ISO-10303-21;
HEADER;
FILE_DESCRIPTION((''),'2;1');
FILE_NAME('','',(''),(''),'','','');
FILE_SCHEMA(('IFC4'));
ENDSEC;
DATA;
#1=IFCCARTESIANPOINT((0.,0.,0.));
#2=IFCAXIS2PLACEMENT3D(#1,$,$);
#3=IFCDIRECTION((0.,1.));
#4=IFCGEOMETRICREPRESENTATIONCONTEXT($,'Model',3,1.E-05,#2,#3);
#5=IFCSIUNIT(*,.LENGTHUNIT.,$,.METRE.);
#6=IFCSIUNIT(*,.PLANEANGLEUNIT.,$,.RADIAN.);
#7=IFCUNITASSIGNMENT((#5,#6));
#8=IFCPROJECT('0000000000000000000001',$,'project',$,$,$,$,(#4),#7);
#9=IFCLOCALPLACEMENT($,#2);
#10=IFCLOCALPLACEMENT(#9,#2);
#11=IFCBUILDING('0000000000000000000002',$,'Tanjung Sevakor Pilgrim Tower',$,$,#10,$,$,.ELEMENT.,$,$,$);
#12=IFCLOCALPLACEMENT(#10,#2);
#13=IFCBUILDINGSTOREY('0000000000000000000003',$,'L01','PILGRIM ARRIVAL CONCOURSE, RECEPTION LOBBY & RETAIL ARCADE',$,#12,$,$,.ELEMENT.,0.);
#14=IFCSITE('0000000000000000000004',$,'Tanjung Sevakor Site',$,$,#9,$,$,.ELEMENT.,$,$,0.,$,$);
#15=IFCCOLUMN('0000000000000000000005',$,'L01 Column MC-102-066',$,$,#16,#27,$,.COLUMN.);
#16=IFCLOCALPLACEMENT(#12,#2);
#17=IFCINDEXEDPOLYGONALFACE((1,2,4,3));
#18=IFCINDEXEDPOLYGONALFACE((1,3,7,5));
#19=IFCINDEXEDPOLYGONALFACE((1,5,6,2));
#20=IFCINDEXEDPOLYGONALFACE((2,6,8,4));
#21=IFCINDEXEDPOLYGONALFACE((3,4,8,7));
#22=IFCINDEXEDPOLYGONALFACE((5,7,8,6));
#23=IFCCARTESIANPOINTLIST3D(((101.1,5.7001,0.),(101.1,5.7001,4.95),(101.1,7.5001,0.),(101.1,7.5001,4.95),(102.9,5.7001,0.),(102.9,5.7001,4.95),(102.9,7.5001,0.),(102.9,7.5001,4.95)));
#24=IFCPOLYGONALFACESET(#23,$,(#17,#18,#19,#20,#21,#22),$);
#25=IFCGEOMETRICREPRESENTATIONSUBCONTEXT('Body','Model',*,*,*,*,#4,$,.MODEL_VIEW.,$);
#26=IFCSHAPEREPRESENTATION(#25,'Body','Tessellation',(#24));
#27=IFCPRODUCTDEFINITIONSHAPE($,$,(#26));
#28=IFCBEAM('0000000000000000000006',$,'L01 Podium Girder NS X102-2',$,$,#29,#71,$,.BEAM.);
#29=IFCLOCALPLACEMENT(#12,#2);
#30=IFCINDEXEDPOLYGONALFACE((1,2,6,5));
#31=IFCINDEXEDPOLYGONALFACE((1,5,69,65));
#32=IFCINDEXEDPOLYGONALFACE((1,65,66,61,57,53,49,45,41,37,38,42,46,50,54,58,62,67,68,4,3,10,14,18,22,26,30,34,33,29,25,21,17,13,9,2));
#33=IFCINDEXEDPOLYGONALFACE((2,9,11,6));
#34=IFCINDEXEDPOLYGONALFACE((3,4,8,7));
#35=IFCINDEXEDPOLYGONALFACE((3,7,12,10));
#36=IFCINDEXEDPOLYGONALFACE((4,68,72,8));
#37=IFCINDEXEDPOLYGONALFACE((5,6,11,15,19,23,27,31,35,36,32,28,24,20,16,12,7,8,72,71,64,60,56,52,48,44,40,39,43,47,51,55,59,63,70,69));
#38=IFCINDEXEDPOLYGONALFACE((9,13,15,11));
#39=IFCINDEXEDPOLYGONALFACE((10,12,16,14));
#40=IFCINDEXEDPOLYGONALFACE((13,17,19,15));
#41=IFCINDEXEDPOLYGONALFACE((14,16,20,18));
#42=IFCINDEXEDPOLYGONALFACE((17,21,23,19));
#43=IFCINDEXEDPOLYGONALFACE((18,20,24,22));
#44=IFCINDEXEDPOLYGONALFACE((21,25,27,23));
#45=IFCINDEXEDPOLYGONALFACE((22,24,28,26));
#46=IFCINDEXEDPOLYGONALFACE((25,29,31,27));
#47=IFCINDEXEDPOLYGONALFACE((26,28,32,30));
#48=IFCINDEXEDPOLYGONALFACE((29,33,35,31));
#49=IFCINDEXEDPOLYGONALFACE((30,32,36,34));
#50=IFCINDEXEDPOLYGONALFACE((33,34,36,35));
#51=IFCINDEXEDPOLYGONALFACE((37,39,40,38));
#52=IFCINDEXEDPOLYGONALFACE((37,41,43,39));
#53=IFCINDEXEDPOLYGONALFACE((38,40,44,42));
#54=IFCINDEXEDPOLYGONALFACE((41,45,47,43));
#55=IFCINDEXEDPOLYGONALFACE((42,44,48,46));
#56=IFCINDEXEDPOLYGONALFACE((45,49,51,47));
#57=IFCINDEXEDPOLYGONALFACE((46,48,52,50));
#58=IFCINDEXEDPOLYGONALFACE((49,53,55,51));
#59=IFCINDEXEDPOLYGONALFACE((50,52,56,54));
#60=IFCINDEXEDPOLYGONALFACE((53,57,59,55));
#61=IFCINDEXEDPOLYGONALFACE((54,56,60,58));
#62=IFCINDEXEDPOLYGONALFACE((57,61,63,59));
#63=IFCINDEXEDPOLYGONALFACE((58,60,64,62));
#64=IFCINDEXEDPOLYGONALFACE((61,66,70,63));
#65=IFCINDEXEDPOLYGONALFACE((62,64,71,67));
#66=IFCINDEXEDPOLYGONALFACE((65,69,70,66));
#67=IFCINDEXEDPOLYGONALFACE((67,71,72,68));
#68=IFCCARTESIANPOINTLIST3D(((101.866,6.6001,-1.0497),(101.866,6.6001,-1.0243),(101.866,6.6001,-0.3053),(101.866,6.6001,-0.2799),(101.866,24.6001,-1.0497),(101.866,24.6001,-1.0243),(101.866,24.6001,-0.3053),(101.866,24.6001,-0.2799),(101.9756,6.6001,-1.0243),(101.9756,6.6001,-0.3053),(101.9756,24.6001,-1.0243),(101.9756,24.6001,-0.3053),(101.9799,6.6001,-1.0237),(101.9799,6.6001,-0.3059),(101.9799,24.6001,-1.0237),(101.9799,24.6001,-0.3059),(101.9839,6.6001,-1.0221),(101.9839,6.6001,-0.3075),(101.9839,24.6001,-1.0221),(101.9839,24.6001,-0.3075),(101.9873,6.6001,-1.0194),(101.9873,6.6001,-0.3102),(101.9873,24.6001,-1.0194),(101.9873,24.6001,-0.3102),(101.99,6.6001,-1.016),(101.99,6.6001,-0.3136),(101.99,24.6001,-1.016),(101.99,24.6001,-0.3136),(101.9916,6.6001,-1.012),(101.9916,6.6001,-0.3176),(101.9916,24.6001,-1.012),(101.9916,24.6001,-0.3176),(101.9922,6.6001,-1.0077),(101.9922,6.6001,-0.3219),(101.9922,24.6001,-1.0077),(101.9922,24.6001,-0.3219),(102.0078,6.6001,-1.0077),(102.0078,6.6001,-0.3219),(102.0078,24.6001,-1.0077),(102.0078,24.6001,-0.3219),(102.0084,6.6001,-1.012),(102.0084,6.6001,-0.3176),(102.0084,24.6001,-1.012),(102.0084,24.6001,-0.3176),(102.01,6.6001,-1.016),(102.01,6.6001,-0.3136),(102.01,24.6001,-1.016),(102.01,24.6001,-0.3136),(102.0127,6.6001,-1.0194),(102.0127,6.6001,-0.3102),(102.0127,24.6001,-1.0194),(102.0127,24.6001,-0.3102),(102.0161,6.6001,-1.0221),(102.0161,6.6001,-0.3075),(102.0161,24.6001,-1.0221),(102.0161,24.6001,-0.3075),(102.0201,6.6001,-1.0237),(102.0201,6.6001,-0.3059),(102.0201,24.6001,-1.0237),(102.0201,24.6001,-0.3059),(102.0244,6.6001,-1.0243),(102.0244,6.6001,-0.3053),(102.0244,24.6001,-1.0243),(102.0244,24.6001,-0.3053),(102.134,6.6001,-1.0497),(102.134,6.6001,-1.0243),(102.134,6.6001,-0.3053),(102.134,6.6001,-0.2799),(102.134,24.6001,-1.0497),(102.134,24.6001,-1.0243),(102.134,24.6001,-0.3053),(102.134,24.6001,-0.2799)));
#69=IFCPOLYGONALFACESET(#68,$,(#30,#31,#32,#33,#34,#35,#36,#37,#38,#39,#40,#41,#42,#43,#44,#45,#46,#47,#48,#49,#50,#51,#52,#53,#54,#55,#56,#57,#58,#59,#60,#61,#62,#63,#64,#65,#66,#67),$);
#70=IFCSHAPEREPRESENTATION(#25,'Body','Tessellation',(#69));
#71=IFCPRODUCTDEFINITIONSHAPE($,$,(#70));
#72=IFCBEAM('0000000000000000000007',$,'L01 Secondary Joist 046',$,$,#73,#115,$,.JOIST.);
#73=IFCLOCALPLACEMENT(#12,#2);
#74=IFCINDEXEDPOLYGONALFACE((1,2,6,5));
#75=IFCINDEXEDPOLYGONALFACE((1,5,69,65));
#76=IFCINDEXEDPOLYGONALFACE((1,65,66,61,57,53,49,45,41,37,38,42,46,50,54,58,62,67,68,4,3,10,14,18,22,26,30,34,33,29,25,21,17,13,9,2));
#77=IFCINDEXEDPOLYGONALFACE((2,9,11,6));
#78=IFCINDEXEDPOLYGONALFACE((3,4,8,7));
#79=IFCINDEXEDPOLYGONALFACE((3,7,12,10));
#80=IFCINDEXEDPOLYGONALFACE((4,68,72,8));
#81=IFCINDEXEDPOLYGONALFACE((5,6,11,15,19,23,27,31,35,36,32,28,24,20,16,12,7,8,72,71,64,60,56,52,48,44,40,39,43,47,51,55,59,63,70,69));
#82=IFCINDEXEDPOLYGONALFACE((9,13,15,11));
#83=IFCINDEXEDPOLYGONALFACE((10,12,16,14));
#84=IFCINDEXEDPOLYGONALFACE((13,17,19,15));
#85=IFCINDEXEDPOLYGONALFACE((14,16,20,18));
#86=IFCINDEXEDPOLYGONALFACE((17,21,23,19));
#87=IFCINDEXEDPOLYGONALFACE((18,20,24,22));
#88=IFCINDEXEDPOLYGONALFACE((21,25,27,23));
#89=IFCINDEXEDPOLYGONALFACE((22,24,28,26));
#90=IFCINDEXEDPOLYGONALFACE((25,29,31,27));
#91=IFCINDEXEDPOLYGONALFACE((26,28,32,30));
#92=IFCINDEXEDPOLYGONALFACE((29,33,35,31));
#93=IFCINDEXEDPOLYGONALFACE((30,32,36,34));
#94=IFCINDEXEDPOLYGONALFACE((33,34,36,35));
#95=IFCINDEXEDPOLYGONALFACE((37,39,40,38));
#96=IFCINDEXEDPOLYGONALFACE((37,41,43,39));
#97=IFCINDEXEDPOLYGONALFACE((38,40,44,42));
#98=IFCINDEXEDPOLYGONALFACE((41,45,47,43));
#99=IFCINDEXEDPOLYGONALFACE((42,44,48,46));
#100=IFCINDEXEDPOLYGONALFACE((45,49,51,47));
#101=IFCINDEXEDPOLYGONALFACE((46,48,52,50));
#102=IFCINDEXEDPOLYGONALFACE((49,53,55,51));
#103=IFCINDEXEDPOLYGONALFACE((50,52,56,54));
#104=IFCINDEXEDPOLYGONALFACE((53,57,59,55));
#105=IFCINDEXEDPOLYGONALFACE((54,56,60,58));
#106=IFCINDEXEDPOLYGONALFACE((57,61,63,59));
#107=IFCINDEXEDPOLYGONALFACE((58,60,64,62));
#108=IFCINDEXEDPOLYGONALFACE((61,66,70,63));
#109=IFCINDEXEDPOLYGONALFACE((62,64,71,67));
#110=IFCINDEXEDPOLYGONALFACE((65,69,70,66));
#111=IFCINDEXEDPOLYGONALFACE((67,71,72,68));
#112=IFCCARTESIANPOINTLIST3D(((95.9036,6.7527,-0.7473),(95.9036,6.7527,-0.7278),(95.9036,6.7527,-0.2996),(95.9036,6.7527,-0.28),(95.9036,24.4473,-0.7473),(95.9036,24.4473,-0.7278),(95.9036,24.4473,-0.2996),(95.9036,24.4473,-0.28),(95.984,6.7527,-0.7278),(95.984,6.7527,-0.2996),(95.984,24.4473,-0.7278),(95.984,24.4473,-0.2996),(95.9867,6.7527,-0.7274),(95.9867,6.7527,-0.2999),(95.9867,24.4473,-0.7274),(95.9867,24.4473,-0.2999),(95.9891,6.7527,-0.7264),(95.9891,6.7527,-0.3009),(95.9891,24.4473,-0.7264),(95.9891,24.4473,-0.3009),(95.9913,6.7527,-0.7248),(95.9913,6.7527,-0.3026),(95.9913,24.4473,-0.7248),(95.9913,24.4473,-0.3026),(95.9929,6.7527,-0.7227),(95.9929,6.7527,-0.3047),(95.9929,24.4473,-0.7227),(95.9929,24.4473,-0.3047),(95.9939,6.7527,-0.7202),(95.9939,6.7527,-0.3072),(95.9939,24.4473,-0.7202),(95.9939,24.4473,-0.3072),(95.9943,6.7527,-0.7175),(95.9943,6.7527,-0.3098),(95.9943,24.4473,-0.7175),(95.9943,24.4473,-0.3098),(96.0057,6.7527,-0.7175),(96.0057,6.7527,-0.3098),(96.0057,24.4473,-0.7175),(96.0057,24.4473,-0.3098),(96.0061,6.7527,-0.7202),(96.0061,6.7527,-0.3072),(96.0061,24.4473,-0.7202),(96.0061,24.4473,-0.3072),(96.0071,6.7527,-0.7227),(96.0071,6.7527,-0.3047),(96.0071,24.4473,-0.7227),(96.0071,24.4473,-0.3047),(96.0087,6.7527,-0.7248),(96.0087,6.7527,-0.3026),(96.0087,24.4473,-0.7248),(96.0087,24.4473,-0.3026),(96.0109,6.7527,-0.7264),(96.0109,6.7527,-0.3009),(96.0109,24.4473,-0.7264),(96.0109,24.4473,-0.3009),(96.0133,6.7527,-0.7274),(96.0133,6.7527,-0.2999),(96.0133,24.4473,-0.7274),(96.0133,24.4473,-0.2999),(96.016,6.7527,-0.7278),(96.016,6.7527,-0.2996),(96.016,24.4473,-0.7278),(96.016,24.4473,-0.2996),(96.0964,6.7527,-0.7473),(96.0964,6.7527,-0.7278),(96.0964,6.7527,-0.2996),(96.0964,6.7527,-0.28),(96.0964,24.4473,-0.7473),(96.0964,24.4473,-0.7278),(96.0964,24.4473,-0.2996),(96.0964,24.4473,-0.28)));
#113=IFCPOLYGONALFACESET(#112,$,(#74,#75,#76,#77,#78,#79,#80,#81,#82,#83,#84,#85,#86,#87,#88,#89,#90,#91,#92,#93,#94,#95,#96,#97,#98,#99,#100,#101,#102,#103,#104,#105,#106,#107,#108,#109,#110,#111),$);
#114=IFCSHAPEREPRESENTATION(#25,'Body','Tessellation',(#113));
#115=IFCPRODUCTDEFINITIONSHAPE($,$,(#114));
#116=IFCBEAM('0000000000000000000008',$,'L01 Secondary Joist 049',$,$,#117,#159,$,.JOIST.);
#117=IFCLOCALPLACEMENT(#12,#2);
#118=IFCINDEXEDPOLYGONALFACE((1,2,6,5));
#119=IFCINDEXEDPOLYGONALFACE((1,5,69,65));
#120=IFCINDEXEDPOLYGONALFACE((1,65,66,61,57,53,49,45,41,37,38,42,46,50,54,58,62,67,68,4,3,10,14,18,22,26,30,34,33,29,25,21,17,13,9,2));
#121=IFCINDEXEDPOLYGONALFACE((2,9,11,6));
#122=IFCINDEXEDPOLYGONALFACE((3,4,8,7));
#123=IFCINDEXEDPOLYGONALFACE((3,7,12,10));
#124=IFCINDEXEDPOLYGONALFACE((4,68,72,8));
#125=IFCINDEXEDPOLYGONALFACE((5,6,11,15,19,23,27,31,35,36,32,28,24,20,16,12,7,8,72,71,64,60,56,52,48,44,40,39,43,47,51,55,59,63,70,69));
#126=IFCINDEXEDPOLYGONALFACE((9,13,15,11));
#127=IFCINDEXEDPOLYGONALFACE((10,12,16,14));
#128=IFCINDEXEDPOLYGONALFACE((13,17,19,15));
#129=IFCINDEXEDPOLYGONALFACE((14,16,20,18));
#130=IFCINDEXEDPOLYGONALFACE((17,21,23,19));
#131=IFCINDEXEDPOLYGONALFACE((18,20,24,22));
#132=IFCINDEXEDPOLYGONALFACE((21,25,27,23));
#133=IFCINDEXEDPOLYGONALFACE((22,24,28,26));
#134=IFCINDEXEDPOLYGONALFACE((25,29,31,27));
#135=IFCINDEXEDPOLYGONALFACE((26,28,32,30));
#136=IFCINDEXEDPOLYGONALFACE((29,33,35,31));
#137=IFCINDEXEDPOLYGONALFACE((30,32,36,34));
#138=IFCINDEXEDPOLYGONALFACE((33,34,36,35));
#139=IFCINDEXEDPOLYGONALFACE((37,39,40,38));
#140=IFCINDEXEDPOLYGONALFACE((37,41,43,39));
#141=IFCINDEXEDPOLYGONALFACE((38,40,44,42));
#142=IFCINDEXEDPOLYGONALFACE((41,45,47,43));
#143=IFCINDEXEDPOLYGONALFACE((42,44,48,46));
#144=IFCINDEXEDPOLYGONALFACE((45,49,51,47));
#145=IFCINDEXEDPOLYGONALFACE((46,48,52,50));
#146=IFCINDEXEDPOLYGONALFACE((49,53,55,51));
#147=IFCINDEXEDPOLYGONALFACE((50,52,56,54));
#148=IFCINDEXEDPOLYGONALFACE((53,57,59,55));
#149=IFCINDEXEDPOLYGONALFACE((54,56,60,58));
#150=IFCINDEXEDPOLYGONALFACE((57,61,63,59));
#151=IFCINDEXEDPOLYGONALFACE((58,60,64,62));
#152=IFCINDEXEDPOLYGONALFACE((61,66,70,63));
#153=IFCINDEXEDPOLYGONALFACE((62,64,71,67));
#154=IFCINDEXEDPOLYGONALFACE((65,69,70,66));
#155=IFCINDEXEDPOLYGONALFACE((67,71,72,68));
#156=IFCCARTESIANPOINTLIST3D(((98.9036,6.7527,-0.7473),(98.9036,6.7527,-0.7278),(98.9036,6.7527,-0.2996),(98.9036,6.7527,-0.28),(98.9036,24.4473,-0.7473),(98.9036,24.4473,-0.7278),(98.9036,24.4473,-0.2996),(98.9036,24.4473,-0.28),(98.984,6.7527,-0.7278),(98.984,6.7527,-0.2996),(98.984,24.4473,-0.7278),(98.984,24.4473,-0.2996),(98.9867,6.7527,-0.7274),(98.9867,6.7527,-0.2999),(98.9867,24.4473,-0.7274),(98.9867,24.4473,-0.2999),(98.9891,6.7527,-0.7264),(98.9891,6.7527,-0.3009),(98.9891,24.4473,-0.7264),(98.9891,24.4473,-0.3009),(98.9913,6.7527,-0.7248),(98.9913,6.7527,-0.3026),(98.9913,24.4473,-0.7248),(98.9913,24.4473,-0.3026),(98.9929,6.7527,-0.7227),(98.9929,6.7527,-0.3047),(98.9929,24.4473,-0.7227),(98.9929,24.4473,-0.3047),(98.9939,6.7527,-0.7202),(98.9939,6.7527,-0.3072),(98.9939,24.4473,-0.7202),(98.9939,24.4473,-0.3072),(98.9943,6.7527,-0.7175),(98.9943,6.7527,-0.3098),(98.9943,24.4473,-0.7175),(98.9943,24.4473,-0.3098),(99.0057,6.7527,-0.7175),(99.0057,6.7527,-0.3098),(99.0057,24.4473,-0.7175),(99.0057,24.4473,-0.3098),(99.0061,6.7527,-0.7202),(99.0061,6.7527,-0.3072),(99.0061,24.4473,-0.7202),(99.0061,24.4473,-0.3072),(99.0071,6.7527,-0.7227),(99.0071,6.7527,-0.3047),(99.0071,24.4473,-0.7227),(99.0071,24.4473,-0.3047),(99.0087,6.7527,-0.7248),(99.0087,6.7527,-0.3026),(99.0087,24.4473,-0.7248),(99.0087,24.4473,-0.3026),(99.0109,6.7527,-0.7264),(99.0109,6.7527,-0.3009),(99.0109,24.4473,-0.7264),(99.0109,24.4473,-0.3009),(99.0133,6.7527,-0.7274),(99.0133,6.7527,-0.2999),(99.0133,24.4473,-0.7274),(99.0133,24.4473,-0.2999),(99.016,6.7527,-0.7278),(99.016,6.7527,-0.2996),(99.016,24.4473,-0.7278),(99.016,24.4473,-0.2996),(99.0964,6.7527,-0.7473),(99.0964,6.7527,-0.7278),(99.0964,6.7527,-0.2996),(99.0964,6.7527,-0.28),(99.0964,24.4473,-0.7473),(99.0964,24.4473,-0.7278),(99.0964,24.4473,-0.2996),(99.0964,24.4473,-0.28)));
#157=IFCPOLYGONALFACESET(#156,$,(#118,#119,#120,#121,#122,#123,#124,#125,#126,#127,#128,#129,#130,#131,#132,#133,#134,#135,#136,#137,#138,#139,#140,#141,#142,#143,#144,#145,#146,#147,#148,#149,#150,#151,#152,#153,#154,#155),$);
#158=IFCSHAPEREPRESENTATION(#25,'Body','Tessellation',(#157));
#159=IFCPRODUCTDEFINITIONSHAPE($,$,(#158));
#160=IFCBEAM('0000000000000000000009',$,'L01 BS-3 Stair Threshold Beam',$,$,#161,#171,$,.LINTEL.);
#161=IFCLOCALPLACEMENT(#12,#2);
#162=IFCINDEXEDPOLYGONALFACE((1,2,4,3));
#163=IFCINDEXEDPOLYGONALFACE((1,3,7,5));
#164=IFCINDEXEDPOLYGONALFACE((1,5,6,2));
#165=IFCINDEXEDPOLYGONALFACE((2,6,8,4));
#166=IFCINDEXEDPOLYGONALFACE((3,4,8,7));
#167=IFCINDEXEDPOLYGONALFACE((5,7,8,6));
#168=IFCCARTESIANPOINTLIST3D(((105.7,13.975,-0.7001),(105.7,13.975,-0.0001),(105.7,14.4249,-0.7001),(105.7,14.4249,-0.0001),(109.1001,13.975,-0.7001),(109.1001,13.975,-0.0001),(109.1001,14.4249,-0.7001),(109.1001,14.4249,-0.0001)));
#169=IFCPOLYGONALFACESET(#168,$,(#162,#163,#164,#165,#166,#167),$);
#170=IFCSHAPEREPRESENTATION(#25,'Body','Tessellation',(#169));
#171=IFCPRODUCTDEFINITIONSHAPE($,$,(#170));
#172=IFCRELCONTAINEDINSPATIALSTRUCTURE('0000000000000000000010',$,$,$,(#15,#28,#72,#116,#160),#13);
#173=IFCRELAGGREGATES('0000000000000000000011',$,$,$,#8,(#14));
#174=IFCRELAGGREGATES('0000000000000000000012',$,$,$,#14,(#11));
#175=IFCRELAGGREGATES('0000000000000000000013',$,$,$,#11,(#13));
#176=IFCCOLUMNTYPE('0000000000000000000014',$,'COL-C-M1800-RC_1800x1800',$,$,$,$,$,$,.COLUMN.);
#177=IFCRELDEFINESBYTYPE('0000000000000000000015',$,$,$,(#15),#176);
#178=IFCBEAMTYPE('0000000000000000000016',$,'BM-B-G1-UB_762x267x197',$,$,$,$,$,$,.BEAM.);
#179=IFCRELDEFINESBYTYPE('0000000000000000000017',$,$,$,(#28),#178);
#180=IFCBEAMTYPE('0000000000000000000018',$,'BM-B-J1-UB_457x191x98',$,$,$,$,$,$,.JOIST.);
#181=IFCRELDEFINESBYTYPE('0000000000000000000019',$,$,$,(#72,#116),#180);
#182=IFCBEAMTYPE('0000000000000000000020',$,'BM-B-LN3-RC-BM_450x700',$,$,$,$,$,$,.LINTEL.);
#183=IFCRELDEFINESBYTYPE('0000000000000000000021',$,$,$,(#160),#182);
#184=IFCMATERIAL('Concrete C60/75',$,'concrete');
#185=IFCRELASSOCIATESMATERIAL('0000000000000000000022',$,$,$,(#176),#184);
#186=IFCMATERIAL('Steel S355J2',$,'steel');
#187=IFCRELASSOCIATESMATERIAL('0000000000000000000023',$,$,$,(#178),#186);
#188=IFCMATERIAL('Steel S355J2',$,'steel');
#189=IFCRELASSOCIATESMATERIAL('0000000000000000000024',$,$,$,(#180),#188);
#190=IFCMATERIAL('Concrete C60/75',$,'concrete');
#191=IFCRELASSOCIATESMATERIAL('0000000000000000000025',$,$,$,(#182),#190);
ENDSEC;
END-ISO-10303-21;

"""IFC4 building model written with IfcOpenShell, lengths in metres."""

from ifc_helpers import new_model, si_unit, direction, frame, origin, origin_2d, place, context, subcontext, project, spatial, rectangle, i_section, extrude, material, material_profile, profile_set, type_object, element, save


model = new_model("IFC4")

# Units and contexts
model_context = context("Model", 3, precision=1e-05, world=origin(), true_north=direction((0.0, 1.0)))
body_context = subcontext(model_context, "Body", "Model", "MODEL_VIEW")
ifc_project = project(units=[si_unit("LENGTHUNIT", "METRE"), si_unit("PLANEANGLEUNIT", "RADIAN")], contexts=[model_context])

# Site, building, storey
site_placement = place(None, origin())
site = spatial("IfcSite", under=ifc_project, at=site_placement, Name="Tanjung Sevakor Site", CompositionType="ELEMENT", RefElevation=0.0)
building_placement = place(site_placement, origin())
building = spatial("IfcBuilding", under=site, at=building_placement, Name="Tanjung Sevakor Pilgrim Tower", CompositionType="ELEMENT")
storey_placement = place(building_placement, origin())
storey = spatial("IfcBuildingStorey", under=building, at=storey_placement, Name="L01", Description="PILGRIM ARRIVAL CONCOURSE, RECEPTION LOBBY & RETAIL ARCADE", CompositionType="ELEMENT", Elevation=0.0)

# Column
ifc_material_1 = material(Name="Concrete C60/75", Category="concrete")
ifc_material_profile_1 = material_profile(ifc_material_1, rectangle(XDim=1.8, YDim=1.8, at=origin_2d()))
ifc_profile_set_1 = profile_set([ifc_material_profile_1], Name="Concrete C60/75")
column_type = type_object("IfcColumnType", Name="COL-C-M1800-RC_1800x1800", PredefinedType="COLUMN", material=ifc_profile_set_1)
column_placement = place(storey_placement, frame((102.0, 6.6001, 0.0), z_axis=(0.0, 0.0, 1.0), x_axis=(1.0, 0.0, 0.0)))
element("IfcColumn", 1, at=column_placement, inside=storey, type_object=column_type, Name="L01 Column MC-102-066", PredefinedType="COLUMN", context=body_context, shape_type="SweptSolid", body=[
    extrude(rectangle(XDim=1.8, YDim=1.8, at=origin_2d()), origin(), (0.0, 0.0, 1.0), 4.95),
])

# Beams
ifc_material_2 = material(Name="Steel S355J2", Category="steel")
ifc_material_profile_2 = material_profile(ifc_material_2, i_section(OverallWidth=0.2681, OverallDepth=0.7698, WebThickness=0.0156, FlangeThickness=0.0254, FilletRadius=0.0166, at=origin_2d()))
ifc_profile_set_2 = profile_set([ifc_material_profile_2], Name="Steel S355J2")
beam_type_1 = type_object("IfcBeamType", Name="BM-B-G1-UB_762x267x197", PredefinedType="BEAM", material=ifc_profile_set_2)
beam_1_placement = place(storey_placement, frame((102.0, 6.6001, -0.6648), z_axis=(0.0, 1.0, 0.0), x_axis=(-1.0, 0.0, 0.0)))
element("IfcBeam", 2, at=beam_1_placement, inside=storey, type_object=beam_type_1, Name="L01 Podium Girder NS X102-2", PredefinedType="BEAM", context=body_context, shape_type="SweptSolid", body=[
    extrude(i_section(OverallWidth=0.2681, OverallDepth=0.7698, WebThickness=0.0156, FlangeThickness=0.0254, FilletRadius=0.0166, at=origin_2d()), origin(), (0.0, 0.0, 1.0), 18.0),
])
ifc_material_3 = material(Name="Steel S355J2", Category="steel")
ifc_material_profile_3 = material_profile(ifc_material_3, i_section(OverallWidth=0.1929, OverallDepth=0.4673, WebThickness=0.0115, FlangeThickness=0.0195, FilletRadius=0.0103, at=origin_2d()))
ifc_profile_set_3 = profile_set([ifc_material_profile_3], Name="Steel S355J2")
beam_type_2 = type_object("IfcBeamType", Name="BM-B-J1-UB_457x191x98", PredefinedType="JOIST", material=ifc_profile_set_3)
for number, where, z_axis, x_axis, name in (
    (3, (96.0, 6.7527, -0.5137), (0.0, 1.0, 0.0), (-1.0, 0.0, 0.0), "L01 Secondary Joist 046"),
    (4, (99.0, 6.7527, -0.5137), (0.0, 1.0, 0.0), (-1.0, 0.0, 0.0), "L01 Secondary Joist 049"),
):
    element("IfcBeam", number, at=place(storey_placement, frame(where, z_axis=z_axis, x_axis=x_axis)), inside=storey, type_object=beam_type_2, Name=name, PredefinedType="JOIST", context=body_context, shape_type="SweptSolid", body=[
        extrude(i_section(OverallWidth=0.1929, OverallDepth=0.4673, WebThickness=0.0115, FlangeThickness=0.0195, FilletRadius=0.0103, at=origin_2d()), origin(), (0.0, 0.0, 1.0), 17.6946),
    ])
ifc_material_4 = material(Name="Concrete C60/75", Category="concrete")
ifc_material_profile_4 = material_profile(ifc_material_4, rectangle(XDim=0.45, YDim=0.7, at=origin_2d()))
ifc_profile_set_4 = profile_set([ifc_material_profile_4], Name="Concrete C60/75")
beam_type_3 = type_object("IfcBeamType", Name="BM-B-LN3-RC-BM_450x700", PredefinedType="LINTEL", material=ifc_profile_set_4)
beam_2_placement = place(storey_placement, frame((105.7, 14.2, -0.3501), z_axis=(1.0, 0.0, 0.0), x_axis=(0.0, 1.0, 0.0)))
element("IfcBeam", 5, at=beam_2_placement, inside=storey, type_object=beam_type_3, Name="L01 BS-3 Stair Threshold Beam", PredefinedType="LINTEL", context=body_context, shape_type="SweptSolid", body=[
    extrude(rectangle(XDim=0.45, YDim=0.7, at=origin_2d()), origin(), (0.0, 0.0, 1.0), 3.4001),
])

save(model, "model.ifc")
